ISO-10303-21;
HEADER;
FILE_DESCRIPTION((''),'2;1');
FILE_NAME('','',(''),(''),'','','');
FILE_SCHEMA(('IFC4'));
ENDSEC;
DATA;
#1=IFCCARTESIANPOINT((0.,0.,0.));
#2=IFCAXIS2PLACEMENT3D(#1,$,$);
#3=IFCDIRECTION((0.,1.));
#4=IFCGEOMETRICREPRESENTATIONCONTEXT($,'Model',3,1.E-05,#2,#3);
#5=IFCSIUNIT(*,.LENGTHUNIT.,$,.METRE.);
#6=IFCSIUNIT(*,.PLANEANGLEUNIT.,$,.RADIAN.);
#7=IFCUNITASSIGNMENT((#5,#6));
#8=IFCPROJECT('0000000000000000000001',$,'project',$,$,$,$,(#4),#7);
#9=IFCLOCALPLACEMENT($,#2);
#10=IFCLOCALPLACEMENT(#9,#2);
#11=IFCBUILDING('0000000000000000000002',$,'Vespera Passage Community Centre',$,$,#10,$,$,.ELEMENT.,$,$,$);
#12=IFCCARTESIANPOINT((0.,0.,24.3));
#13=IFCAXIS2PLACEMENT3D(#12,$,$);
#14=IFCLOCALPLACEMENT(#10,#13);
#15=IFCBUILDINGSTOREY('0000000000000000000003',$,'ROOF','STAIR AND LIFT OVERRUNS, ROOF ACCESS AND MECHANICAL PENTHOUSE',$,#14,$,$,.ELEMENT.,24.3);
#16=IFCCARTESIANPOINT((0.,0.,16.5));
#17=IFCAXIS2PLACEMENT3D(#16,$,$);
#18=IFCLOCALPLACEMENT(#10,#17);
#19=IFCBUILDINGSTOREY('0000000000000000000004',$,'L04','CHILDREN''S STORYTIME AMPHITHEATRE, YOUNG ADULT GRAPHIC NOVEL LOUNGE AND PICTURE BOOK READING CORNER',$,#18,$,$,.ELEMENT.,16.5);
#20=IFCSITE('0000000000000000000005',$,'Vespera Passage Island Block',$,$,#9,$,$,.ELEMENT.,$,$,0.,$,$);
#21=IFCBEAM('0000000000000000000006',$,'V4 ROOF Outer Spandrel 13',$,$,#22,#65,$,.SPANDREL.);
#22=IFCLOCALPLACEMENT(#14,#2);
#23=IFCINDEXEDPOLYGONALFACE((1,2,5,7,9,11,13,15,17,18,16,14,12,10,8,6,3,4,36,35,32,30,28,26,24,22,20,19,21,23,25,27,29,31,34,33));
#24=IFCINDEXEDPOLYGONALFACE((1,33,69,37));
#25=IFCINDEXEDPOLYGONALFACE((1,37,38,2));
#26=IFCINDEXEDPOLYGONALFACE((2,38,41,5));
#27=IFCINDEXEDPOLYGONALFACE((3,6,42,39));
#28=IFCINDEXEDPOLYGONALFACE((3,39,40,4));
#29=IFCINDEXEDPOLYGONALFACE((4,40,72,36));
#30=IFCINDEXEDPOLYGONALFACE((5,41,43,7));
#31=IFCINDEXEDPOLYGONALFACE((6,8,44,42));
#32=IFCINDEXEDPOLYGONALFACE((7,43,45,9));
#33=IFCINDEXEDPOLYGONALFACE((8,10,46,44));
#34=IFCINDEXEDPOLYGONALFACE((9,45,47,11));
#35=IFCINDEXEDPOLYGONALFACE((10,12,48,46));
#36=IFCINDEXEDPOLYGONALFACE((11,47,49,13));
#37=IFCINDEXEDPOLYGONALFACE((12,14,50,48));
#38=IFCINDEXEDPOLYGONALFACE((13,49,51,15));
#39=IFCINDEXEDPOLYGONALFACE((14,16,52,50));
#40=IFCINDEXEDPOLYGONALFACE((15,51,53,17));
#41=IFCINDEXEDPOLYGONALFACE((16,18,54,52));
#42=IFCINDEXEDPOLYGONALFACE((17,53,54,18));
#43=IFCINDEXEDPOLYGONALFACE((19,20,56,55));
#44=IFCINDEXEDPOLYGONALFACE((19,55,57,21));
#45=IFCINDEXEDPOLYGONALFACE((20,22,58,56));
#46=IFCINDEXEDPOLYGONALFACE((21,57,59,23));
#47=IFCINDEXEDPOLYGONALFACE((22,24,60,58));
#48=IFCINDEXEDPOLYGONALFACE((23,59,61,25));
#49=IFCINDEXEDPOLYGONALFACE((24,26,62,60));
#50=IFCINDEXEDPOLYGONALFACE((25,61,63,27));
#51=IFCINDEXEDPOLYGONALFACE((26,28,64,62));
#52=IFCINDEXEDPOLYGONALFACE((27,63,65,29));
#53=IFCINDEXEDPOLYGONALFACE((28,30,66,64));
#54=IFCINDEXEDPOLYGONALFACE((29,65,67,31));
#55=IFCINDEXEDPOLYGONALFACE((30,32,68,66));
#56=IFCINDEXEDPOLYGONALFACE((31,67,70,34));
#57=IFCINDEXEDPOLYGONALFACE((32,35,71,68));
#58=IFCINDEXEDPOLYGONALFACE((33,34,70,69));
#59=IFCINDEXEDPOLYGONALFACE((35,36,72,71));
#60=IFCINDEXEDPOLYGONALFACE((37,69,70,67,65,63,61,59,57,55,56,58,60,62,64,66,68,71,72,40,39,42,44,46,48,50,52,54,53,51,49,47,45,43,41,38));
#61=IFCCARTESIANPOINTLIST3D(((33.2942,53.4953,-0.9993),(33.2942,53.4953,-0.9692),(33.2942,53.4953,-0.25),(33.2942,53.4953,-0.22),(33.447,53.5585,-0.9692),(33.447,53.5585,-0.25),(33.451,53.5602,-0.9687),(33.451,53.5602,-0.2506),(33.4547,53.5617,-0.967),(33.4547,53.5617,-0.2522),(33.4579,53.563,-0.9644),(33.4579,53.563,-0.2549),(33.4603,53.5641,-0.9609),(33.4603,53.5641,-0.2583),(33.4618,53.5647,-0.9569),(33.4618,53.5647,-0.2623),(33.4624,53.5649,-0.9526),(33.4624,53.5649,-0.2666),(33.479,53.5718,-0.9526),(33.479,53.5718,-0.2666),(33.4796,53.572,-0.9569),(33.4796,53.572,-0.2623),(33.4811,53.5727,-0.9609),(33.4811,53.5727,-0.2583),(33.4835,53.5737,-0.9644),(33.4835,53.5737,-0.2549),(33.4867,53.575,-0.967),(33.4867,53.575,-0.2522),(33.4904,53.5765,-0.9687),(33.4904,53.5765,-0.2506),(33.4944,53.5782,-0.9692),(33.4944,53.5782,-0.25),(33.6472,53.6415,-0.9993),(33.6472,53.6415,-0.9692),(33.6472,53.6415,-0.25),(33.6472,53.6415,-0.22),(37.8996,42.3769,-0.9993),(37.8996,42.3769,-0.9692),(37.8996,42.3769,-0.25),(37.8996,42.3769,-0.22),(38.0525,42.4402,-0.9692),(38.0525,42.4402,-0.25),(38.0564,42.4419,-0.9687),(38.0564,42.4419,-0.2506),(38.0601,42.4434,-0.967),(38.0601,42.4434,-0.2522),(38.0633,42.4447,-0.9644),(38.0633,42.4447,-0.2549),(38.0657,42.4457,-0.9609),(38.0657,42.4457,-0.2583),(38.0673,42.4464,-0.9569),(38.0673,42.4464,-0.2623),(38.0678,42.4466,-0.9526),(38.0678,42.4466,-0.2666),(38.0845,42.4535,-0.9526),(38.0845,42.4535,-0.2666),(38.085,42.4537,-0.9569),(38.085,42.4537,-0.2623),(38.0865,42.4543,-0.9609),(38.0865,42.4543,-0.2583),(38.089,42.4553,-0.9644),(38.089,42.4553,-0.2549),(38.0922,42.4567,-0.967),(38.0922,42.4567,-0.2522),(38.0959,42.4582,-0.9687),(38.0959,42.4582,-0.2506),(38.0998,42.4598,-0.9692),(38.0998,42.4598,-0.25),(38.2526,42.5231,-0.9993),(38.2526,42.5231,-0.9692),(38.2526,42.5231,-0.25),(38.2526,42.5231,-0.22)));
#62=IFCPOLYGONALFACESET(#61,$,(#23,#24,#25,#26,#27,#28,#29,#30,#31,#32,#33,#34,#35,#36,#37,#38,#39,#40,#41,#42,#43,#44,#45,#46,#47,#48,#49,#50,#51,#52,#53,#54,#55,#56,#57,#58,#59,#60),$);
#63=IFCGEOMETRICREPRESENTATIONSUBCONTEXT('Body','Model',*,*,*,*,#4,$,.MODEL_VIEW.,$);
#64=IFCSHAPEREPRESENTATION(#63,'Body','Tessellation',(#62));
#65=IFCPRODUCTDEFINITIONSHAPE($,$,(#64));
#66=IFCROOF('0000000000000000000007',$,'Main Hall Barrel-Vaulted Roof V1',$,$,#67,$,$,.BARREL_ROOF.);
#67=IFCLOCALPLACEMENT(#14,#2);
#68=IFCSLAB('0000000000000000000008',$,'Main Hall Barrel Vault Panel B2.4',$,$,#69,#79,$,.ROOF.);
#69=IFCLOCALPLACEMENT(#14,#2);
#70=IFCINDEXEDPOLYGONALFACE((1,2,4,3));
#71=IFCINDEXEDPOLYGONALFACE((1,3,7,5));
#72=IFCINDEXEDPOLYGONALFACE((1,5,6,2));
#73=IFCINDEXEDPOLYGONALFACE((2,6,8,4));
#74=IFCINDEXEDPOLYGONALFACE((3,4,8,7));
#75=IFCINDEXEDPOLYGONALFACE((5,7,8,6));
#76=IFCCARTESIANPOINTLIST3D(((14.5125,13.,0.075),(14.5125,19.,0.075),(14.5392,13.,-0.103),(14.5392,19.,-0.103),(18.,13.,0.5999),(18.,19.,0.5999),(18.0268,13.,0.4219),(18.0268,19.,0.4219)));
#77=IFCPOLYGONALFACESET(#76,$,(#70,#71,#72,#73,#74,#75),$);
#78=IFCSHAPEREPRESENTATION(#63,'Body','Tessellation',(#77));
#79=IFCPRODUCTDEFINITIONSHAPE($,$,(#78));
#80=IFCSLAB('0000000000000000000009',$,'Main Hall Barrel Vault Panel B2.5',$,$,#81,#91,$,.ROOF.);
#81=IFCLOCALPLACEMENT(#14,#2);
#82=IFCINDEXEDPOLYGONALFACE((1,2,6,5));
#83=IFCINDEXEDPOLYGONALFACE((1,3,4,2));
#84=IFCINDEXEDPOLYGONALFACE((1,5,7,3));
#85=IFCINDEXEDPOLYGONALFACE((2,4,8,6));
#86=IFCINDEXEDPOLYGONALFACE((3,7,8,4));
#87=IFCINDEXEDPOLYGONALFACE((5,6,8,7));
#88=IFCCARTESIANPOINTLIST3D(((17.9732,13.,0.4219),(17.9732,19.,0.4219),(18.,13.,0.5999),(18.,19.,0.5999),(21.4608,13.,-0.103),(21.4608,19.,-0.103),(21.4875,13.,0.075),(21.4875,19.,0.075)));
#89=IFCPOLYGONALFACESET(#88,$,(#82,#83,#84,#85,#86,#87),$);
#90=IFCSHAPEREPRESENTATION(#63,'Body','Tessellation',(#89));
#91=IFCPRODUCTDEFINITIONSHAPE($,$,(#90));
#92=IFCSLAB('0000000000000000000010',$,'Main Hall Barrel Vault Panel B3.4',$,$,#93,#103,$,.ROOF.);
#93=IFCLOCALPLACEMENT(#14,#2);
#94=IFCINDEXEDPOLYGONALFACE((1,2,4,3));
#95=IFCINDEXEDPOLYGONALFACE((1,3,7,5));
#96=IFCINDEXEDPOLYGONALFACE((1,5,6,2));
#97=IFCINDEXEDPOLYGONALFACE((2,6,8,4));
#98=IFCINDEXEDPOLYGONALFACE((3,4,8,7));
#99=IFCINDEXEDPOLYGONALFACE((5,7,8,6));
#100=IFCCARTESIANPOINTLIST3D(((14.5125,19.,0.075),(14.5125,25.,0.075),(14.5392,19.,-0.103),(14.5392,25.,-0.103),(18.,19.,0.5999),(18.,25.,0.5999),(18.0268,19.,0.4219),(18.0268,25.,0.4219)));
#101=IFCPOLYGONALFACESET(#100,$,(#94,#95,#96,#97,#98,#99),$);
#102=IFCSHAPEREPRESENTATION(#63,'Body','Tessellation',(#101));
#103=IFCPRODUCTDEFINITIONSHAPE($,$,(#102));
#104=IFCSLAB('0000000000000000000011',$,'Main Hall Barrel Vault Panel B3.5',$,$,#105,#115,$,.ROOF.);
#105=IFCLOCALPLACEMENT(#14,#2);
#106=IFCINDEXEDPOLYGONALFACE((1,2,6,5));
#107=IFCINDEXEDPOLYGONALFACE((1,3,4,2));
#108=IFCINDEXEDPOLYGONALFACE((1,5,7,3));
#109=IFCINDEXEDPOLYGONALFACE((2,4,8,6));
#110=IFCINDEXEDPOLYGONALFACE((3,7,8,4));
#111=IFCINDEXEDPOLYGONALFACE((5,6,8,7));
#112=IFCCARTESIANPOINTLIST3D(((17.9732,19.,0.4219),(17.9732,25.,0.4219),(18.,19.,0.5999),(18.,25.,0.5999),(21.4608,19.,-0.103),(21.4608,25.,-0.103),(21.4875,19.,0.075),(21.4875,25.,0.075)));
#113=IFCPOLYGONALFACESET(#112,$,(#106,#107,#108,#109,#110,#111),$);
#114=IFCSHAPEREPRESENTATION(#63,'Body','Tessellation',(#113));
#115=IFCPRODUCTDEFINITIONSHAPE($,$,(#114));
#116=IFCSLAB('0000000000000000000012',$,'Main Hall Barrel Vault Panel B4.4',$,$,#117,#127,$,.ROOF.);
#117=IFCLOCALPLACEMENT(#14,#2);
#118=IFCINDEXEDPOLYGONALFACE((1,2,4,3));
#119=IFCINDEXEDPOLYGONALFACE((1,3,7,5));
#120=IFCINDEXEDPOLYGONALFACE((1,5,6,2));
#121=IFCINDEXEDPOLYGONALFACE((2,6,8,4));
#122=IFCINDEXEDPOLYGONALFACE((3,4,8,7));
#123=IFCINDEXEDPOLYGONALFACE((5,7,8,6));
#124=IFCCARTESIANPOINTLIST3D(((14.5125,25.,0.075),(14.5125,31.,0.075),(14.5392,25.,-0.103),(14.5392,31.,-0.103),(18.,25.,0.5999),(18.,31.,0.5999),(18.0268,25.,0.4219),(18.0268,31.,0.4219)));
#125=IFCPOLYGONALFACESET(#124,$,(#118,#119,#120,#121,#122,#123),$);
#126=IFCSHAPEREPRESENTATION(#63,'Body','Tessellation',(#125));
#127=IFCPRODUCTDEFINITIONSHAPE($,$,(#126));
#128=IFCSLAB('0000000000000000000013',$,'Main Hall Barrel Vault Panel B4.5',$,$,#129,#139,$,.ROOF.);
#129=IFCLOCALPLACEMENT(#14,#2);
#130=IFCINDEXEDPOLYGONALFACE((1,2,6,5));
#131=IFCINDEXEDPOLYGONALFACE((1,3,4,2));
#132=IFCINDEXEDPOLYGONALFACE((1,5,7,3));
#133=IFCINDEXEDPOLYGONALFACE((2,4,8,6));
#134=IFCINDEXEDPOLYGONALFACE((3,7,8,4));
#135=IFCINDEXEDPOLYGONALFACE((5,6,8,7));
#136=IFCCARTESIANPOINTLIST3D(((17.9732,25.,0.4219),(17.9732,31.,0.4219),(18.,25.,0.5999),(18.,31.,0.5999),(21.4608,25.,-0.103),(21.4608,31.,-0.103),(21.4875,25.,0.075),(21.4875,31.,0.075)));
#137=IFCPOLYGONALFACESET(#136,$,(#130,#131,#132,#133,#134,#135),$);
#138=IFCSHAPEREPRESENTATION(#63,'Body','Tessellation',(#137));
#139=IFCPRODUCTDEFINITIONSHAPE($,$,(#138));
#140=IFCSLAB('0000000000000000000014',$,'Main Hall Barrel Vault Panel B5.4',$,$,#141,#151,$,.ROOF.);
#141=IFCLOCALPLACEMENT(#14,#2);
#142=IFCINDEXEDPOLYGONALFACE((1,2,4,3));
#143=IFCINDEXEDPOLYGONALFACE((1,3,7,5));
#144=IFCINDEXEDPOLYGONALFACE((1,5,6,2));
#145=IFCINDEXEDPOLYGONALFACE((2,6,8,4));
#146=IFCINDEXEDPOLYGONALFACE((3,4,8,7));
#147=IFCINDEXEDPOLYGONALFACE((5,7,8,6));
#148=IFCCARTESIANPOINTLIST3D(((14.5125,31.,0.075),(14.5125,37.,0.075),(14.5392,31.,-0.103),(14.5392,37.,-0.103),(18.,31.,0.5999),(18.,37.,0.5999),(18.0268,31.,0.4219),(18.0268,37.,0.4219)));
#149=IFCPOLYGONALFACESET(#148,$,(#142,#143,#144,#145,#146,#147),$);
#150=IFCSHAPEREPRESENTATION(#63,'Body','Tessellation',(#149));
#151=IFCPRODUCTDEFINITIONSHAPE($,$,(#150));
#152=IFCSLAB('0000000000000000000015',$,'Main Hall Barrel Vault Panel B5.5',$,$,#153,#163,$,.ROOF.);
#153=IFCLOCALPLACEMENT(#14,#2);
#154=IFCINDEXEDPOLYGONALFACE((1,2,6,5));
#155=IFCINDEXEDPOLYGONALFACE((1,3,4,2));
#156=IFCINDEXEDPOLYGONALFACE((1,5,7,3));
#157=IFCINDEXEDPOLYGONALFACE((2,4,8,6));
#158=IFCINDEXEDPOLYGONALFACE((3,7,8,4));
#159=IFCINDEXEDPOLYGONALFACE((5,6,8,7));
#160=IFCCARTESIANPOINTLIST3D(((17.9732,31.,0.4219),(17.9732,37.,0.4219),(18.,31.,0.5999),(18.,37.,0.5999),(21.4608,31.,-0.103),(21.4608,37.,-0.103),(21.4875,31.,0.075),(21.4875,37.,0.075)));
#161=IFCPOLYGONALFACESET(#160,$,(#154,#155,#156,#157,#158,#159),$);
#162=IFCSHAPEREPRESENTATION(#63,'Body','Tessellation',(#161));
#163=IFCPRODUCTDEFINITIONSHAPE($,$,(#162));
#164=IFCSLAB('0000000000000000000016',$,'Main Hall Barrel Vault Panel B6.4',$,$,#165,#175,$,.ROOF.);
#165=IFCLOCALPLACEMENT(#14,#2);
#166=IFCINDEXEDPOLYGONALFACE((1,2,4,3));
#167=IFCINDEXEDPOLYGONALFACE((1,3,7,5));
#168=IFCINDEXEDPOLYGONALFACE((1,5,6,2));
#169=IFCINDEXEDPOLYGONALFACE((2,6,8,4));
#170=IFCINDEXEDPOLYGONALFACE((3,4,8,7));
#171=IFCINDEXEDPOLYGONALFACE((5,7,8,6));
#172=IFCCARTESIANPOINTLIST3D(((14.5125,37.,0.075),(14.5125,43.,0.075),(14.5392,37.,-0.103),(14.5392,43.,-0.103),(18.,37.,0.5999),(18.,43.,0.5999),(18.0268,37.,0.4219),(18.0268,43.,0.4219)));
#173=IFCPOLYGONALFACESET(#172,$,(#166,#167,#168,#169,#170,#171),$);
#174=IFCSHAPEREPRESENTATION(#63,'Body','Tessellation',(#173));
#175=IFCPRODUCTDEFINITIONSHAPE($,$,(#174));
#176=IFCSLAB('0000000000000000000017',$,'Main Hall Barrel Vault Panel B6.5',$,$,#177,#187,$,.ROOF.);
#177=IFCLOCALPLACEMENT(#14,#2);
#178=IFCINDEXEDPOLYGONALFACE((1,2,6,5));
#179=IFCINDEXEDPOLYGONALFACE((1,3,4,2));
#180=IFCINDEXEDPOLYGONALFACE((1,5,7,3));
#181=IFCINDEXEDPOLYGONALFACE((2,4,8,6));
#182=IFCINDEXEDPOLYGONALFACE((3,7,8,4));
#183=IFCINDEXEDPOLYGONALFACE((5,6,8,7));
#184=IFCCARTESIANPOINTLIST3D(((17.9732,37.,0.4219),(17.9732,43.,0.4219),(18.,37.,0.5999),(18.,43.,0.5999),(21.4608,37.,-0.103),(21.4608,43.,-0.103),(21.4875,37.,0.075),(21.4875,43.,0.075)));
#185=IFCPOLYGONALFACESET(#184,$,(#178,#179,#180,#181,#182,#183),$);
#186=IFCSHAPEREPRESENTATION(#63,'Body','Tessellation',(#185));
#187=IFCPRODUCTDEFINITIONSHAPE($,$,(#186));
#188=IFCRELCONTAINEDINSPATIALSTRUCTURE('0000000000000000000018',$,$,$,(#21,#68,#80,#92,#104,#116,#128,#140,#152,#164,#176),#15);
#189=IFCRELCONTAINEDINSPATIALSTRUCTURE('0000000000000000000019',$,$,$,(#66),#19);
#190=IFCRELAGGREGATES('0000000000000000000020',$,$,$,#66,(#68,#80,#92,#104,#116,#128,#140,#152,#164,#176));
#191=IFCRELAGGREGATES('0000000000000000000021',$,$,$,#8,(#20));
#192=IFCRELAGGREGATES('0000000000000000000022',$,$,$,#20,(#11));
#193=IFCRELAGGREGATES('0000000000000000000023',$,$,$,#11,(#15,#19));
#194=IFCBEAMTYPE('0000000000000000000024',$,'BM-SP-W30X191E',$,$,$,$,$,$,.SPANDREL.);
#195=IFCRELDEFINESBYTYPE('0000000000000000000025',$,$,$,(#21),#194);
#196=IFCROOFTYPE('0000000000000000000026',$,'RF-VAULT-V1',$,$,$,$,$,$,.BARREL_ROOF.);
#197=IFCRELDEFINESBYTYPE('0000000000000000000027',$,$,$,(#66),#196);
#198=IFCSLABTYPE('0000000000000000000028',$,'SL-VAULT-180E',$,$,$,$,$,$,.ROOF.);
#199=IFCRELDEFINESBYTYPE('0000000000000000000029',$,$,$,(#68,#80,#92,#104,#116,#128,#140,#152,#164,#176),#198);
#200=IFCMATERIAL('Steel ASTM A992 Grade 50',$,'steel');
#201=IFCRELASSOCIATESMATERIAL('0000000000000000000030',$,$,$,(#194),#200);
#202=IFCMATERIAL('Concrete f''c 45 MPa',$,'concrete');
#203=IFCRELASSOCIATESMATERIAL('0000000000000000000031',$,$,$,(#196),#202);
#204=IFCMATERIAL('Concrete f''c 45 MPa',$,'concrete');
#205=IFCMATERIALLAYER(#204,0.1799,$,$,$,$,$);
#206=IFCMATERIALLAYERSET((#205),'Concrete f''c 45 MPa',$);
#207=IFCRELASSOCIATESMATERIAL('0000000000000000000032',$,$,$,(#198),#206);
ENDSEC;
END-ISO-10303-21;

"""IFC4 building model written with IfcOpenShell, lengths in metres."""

from ifc_helpers import new_model, si_unit, direction, frame, origin, origin_2d, place, context, subcontext, project, spatial, polyline, i_section, outline, extrude, material, layer, layer_set, material_profile, profile_set, type_object, element, aggregate, save


model = new_model("IFC4")

# Units and contexts
model_context = context("Model", 3, precision=1e-05, world=origin(), true_north=direction((0.0, 1.0)))
body_context = subcontext(model_context, "Body", "Model", "MODEL_VIEW")
ifc_project = project(units=[si_unit("LENGTHUNIT", "METRE"), si_unit("PLANEANGLEUNIT", "RADIAN")], contexts=[model_context])

# Site, building, storey
site_placement = place(None, origin())
site = spatial("IfcSite", under=ifc_project, at=site_placement, Name="Vespera Passage Island Block", CompositionType="ELEMENT", RefElevation=0.0)
building_placement = place(site_placement, origin())
building = spatial("IfcBuilding", under=site, at=building_placement, Name="Vespera Passage Community Centre", CompositionType="ELEMENT")
storey_1_placement = place(building_placement, frame((0.0, 0.0, 24.3)))
storey_1 = spatial("IfcBuildingStorey", under=building, at=storey_1_placement, Name="ROOF", Description="STAIR AND LIFT OVERRUNS, ROOF ACCESS AND MECHANICAL PENTHOUSE", CompositionType="ELEMENT", Elevation=24.3)

# Beam
ifc_material_1 = material(Name="Steel ASTM A992 Grade 50", Category="steel")
ifc_material_profile = material_profile(ifc_material_1, i_section(OverallWidth=0.3821, OverallDepth=0.7793, WebThickness=0.0181, FlangeThickness=0.03, FilletRadius=0.0166, at=origin_2d()), Name="W30X191")
ifc_profile_set = profile_set([ifc_material_profile], Name="Steel ASTM A992 Grade 50")
beam_type = type_object("IfcBeamType", Name="BM-SP-W30X191E", PredefinedType="SPANDREL", material=ifc_profile_set)
beam_placement = place(storey_1_placement, frame((33.4707, 53.5684, -0.6096), z_axis=(0.382689, -0.923877, 0.0), x_axis=(0.923877, 0.382689, 0.0)))
element("IfcBeam", 1, at=beam_placement, inside=storey_1, type_object=beam_type, Name="V4 ROOF Outer Spandrel 13", PredefinedType="SPANDREL", context=body_context, shape_type="SweptSolid", body=[
    extrude(i_section(OverallWidth=0.3821, OverallDepth=0.7793, WebThickness=0.0181, FlangeThickness=0.03, FilletRadius=0.0166, at=origin_2d()), origin(), (0.0, 0.0, 1.0), 12.0344),
])

# Shared definitions
storey_2_placement = place(building_placement, frame((0.0, 0.0, 16.5)))
storey_2 = spatial("IfcBuildingStorey", under=building, at=storey_2_placement, Name="L04", Description="CHILDREN'S STORYTIME AMPHITHEATRE, YOUNG ADULT GRAPHIC NOVEL LOUNGE AND PICTURE BOOK READING CORNER", CompositionType="ELEMENT", Elevation=16.5)

# Roof, slabs
ifc_material_2 = material(Name="Concrete f'c 45 MPa", Category="concrete")
roof_type = type_object("IfcRoofType", Name="RF-VAULT-V1", PredefinedType="BARREL_ROOF", material=ifc_material_2)
roof_placement = place(storey_2_placement, origin())
roof = element("IfcRoof", 2, at=roof_placement, inside=storey_2, type_object=roof_type, Name="Main Hall Barrel-Vaulted Roof V1", PredefinedType="BARREL_ROOF")
ifc_material_3 = material(Name="Concrete f'c 45 MPa", Category="concrete")
ifc_layer_1 = layer(ifc_material_3, 0.1799)
ifc_layer_set_1 = layer_set([ifc_layer_1], Name="Concrete f'c 45 MPa")
slab_type = type_object("IfcSlabType", Name="SL-VAULT-180E", PredefinedType="ROOF", material=ifc_layer_set_1)
slab_1_placement = place(storey_1_placement, frame((14.5125, 13.0, 0.075), z_axis=(-0.148831, 0.0, 0.988863), x_axis=(0.988863, 0.0, 0.148831)))
slab_1 = element("IfcSlab", 3, at=slab_1_placement, inside=storey_1, type_object=slab_type, Name="Main Hall Barrel Vault Panel B2.4", PredefinedType="ROOF", context=body_context, shape_type="SweptSolid", body=[
    extrude(outline(polyline([(0.0, 0.0), (3.5268, 0.0), (3.5268, 6.0), (0.0, 6.0), (0.0, 0.0)])), origin(), (0.0, 0.0, -1.0), 0.1799),
])
slab_2_placement = place(storey_1_placement, frame((18.0, 13.0, 0.5999), z_axis=(0.148831, 0.0, 0.988863), x_axis=(0.988863, 0.0, -0.148831)))
slab_2 = element("IfcSlab", 4, at=slab_2_placement, inside=storey_1, type_object=slab_type, Name="Main Hall Barrel Vault Panel B2.5", PredefinedType="ROOF", context=body_context, shape_type="SweptSolid", body=[
    extrude(outline(polyline([(0.0, 0.0), (3.5268, 0.0), (3.5268, 6.0), (0.0, 6.0), (0.0, 0.0)])), origin(), (0.0, 0.0, -1.0), 0.1799),
])
slab_3_placement = place(storey_1_placement, frame((14.5125, 19.0, 0.075), z_axis=(-0.148831, 0.0, 0.988863), x_axis=(0.988863, 0.0, 0.148831)))
slab_3 = element("IfcSlab", 5, at=slab_3_placement, inside=storey_1, type_object=slab_type, Name="Main Hall Barrel Vault Panel B3.4", PredefinedType="ROOF", context=body_context, shape_type="SweptSolid", body=[
    extrude(outline(polyline([(0.0, 0.0), (3.5268, 0.0), (3.5268, 6.0), (0.0, 6.0), (0.0, 0.0)])), origin(), (0.0, 0.0, -1.0), 0.1799),
])
slab_4_placement = place(storey_1_placement, frame((18.0, 19.0, 0.5999), z_axis=(0.148831, 0.0, 0.988863), x_axis=(0.988863, 0.0, -0.148831)))
slab_4 = element("IfcSlab", 6, at=slab_4_placement, inside=storey_1, type_object=slab_type, Name="Main Hall Barrel Vault Panel B3.5", PredefinedType="ROOF", context=body_context, shape_type="SweptSolid", body=[
    extrude(outline(polyline([(0.0, 0.0), (3.5268, 0.0), (3.5268, 6.0), (0.0, 6.0), (0.0, 0.0)])), origin(), (0.0, 0.0, -1.0), 0.1799),
])
slab_5_placement = place(storey_1_placement, frame((14.5125, 25.0, 0.075), z_axis=(-0.148831, 0.0, 0.988863), x_axis=(0.988863, 0.0, 0.148831)))
slab_5 = element("IfcSlab", 7, at=slab_5_placement, inside=storey_1, type_object=slab_type, Name="Main Hall Barrel Vault Panel B4.4", PredefinedType="ROOF", context=body_context, shape_type="SweptSolid", body=[
    extrude(outline(polyline([(0.0, 0.0), (3.5268, 0.0), (3.5268, 6.0), (0.0, 6.0), (0.0, 0.0)])), origin(), (0.0, 0.0, -1.0), 0.1799),
])
slab_6_placement = place(storey_1_placement, frame((18.0, 25.0, 0.5999), z_axis=(0.148831, 0.0, 0.988863), x_axis=(0.988863, 0.0, -0.148831)))
slab_6 = element("IfcSlab", 8, at=slab_6_placement, inside=storey_1, type_object=slab_type, Name="Main Hall Barrel Vault Panel B4.5", PredefinedType="ROOF", context=body_context, shape_type="SweptSolid", body=[
    extrude(outline(polyline([(0.0, 0.0), (3.5268, 0.0), (3.5268, 6.0), (0.0, 6.0), (0.0, 0.0)])), origin(), (0.0, 0.0, -1.0), 0.1799),
])
slab_7_placement = place(storey_1_placement, frame((14.5125, 31.0, 0.075), z_axis=(-0.148831, 0.0, 0.988863), x_axis=(0.988863, 0.0, 0.148831)))
slab_7 = element("IfcSlab", 9, at=slab_7_placement, inside=storey_1, type_object=slab_type, Name="Main Hall Barrel Vault Panel B5.4", PredefinedType="ROOF", context=body_context, shape_type="SweptSolid", body=[
    extrude(outline(polyline([(0.0, 0.0), (3.5268, 0.0), (3.5268, 6.0), (0.0, 6.0), (0.0, 0.0)])), origin(), (0.0, 0.0, -1.0), 0.1799),
])
slab_8_placement = place(storey_1_placement, frame((18.0, 31.0, 0.5999), z_axis=(0.148831, 0.0, 0.988863), x_axis=(0.988863, 0.0, -0.148831)))
slab_8 = element("IfcSlab", 10, at=slab_8_placement, inside=storey_1, type_object=slab_type, Name="Main Hall Barrel Vault Panel B5.5", PredefinedType="ROOF", context=body_context, shape_type="SweptSolid", body=[
    extrude(outline(polyline([(0.0, 0.0), (3.5268, 0.0), (3.5268, 6.0), (0.0, 6.0), (0.0, 0.0)])), origin(), (0.0, 0.0, -1.0), 0.1799),
])
slab_9_placement = place(storey_1_placement, frame((14.5125, 37.0, 0.075), z_axis=(-0.148831, 0.0, 0.988863), x_axis=(0.988863, 0.0, 0.148831)))
slab_9 = element("IfcSlab", 11, at=slab_9_placement, inside=storey_1, type_object=slab_type, Name="Main Hall Barrel Vault Panel B6.4", PredefinedType="ROOF", context=body_context, shape_type="SweptSolid", body=[
    extrude(outline(polyline([(0.0, 0.0), (3.5268, 0.0), (3.5268, 6.0), (0.0, 6.0), (0.0, 0.0)])), origin(), (0.0, 0.0, -1.0), 0.1799),
])
slab_10_placement = place(storey_1_placement, frame((18.0, 37.0, 0.5999), z_axis=(0.148831, 0.0, 0.988863), x_axis=(0.988863, 0.0, -0.148831)))
slab_10 = element("IfcSlab", 12, at=slab_10_placement, inside=storey_1, type_object=slab_type, Name="Main Hall Barrel Vault Panel B6.5", PredefinedType="ROOF", context=body_context, shape_type="SweptSolid", body=[
    extrude(outline(polyline([(0.0, 0.0), (3.5268, 0.0), (3.5268, 6.0), (0.0, 6.0), (0.0, 0.0)])), origin(), (0.0, 0.0, -1.0), 0.1799),
])
aggregate(roof, [slab_1, slab_2, slab_3, slab_4, slab_5, slab_6, slab_7, slab_8, slab_9, slab_10])

save(model, "model.ifc")
